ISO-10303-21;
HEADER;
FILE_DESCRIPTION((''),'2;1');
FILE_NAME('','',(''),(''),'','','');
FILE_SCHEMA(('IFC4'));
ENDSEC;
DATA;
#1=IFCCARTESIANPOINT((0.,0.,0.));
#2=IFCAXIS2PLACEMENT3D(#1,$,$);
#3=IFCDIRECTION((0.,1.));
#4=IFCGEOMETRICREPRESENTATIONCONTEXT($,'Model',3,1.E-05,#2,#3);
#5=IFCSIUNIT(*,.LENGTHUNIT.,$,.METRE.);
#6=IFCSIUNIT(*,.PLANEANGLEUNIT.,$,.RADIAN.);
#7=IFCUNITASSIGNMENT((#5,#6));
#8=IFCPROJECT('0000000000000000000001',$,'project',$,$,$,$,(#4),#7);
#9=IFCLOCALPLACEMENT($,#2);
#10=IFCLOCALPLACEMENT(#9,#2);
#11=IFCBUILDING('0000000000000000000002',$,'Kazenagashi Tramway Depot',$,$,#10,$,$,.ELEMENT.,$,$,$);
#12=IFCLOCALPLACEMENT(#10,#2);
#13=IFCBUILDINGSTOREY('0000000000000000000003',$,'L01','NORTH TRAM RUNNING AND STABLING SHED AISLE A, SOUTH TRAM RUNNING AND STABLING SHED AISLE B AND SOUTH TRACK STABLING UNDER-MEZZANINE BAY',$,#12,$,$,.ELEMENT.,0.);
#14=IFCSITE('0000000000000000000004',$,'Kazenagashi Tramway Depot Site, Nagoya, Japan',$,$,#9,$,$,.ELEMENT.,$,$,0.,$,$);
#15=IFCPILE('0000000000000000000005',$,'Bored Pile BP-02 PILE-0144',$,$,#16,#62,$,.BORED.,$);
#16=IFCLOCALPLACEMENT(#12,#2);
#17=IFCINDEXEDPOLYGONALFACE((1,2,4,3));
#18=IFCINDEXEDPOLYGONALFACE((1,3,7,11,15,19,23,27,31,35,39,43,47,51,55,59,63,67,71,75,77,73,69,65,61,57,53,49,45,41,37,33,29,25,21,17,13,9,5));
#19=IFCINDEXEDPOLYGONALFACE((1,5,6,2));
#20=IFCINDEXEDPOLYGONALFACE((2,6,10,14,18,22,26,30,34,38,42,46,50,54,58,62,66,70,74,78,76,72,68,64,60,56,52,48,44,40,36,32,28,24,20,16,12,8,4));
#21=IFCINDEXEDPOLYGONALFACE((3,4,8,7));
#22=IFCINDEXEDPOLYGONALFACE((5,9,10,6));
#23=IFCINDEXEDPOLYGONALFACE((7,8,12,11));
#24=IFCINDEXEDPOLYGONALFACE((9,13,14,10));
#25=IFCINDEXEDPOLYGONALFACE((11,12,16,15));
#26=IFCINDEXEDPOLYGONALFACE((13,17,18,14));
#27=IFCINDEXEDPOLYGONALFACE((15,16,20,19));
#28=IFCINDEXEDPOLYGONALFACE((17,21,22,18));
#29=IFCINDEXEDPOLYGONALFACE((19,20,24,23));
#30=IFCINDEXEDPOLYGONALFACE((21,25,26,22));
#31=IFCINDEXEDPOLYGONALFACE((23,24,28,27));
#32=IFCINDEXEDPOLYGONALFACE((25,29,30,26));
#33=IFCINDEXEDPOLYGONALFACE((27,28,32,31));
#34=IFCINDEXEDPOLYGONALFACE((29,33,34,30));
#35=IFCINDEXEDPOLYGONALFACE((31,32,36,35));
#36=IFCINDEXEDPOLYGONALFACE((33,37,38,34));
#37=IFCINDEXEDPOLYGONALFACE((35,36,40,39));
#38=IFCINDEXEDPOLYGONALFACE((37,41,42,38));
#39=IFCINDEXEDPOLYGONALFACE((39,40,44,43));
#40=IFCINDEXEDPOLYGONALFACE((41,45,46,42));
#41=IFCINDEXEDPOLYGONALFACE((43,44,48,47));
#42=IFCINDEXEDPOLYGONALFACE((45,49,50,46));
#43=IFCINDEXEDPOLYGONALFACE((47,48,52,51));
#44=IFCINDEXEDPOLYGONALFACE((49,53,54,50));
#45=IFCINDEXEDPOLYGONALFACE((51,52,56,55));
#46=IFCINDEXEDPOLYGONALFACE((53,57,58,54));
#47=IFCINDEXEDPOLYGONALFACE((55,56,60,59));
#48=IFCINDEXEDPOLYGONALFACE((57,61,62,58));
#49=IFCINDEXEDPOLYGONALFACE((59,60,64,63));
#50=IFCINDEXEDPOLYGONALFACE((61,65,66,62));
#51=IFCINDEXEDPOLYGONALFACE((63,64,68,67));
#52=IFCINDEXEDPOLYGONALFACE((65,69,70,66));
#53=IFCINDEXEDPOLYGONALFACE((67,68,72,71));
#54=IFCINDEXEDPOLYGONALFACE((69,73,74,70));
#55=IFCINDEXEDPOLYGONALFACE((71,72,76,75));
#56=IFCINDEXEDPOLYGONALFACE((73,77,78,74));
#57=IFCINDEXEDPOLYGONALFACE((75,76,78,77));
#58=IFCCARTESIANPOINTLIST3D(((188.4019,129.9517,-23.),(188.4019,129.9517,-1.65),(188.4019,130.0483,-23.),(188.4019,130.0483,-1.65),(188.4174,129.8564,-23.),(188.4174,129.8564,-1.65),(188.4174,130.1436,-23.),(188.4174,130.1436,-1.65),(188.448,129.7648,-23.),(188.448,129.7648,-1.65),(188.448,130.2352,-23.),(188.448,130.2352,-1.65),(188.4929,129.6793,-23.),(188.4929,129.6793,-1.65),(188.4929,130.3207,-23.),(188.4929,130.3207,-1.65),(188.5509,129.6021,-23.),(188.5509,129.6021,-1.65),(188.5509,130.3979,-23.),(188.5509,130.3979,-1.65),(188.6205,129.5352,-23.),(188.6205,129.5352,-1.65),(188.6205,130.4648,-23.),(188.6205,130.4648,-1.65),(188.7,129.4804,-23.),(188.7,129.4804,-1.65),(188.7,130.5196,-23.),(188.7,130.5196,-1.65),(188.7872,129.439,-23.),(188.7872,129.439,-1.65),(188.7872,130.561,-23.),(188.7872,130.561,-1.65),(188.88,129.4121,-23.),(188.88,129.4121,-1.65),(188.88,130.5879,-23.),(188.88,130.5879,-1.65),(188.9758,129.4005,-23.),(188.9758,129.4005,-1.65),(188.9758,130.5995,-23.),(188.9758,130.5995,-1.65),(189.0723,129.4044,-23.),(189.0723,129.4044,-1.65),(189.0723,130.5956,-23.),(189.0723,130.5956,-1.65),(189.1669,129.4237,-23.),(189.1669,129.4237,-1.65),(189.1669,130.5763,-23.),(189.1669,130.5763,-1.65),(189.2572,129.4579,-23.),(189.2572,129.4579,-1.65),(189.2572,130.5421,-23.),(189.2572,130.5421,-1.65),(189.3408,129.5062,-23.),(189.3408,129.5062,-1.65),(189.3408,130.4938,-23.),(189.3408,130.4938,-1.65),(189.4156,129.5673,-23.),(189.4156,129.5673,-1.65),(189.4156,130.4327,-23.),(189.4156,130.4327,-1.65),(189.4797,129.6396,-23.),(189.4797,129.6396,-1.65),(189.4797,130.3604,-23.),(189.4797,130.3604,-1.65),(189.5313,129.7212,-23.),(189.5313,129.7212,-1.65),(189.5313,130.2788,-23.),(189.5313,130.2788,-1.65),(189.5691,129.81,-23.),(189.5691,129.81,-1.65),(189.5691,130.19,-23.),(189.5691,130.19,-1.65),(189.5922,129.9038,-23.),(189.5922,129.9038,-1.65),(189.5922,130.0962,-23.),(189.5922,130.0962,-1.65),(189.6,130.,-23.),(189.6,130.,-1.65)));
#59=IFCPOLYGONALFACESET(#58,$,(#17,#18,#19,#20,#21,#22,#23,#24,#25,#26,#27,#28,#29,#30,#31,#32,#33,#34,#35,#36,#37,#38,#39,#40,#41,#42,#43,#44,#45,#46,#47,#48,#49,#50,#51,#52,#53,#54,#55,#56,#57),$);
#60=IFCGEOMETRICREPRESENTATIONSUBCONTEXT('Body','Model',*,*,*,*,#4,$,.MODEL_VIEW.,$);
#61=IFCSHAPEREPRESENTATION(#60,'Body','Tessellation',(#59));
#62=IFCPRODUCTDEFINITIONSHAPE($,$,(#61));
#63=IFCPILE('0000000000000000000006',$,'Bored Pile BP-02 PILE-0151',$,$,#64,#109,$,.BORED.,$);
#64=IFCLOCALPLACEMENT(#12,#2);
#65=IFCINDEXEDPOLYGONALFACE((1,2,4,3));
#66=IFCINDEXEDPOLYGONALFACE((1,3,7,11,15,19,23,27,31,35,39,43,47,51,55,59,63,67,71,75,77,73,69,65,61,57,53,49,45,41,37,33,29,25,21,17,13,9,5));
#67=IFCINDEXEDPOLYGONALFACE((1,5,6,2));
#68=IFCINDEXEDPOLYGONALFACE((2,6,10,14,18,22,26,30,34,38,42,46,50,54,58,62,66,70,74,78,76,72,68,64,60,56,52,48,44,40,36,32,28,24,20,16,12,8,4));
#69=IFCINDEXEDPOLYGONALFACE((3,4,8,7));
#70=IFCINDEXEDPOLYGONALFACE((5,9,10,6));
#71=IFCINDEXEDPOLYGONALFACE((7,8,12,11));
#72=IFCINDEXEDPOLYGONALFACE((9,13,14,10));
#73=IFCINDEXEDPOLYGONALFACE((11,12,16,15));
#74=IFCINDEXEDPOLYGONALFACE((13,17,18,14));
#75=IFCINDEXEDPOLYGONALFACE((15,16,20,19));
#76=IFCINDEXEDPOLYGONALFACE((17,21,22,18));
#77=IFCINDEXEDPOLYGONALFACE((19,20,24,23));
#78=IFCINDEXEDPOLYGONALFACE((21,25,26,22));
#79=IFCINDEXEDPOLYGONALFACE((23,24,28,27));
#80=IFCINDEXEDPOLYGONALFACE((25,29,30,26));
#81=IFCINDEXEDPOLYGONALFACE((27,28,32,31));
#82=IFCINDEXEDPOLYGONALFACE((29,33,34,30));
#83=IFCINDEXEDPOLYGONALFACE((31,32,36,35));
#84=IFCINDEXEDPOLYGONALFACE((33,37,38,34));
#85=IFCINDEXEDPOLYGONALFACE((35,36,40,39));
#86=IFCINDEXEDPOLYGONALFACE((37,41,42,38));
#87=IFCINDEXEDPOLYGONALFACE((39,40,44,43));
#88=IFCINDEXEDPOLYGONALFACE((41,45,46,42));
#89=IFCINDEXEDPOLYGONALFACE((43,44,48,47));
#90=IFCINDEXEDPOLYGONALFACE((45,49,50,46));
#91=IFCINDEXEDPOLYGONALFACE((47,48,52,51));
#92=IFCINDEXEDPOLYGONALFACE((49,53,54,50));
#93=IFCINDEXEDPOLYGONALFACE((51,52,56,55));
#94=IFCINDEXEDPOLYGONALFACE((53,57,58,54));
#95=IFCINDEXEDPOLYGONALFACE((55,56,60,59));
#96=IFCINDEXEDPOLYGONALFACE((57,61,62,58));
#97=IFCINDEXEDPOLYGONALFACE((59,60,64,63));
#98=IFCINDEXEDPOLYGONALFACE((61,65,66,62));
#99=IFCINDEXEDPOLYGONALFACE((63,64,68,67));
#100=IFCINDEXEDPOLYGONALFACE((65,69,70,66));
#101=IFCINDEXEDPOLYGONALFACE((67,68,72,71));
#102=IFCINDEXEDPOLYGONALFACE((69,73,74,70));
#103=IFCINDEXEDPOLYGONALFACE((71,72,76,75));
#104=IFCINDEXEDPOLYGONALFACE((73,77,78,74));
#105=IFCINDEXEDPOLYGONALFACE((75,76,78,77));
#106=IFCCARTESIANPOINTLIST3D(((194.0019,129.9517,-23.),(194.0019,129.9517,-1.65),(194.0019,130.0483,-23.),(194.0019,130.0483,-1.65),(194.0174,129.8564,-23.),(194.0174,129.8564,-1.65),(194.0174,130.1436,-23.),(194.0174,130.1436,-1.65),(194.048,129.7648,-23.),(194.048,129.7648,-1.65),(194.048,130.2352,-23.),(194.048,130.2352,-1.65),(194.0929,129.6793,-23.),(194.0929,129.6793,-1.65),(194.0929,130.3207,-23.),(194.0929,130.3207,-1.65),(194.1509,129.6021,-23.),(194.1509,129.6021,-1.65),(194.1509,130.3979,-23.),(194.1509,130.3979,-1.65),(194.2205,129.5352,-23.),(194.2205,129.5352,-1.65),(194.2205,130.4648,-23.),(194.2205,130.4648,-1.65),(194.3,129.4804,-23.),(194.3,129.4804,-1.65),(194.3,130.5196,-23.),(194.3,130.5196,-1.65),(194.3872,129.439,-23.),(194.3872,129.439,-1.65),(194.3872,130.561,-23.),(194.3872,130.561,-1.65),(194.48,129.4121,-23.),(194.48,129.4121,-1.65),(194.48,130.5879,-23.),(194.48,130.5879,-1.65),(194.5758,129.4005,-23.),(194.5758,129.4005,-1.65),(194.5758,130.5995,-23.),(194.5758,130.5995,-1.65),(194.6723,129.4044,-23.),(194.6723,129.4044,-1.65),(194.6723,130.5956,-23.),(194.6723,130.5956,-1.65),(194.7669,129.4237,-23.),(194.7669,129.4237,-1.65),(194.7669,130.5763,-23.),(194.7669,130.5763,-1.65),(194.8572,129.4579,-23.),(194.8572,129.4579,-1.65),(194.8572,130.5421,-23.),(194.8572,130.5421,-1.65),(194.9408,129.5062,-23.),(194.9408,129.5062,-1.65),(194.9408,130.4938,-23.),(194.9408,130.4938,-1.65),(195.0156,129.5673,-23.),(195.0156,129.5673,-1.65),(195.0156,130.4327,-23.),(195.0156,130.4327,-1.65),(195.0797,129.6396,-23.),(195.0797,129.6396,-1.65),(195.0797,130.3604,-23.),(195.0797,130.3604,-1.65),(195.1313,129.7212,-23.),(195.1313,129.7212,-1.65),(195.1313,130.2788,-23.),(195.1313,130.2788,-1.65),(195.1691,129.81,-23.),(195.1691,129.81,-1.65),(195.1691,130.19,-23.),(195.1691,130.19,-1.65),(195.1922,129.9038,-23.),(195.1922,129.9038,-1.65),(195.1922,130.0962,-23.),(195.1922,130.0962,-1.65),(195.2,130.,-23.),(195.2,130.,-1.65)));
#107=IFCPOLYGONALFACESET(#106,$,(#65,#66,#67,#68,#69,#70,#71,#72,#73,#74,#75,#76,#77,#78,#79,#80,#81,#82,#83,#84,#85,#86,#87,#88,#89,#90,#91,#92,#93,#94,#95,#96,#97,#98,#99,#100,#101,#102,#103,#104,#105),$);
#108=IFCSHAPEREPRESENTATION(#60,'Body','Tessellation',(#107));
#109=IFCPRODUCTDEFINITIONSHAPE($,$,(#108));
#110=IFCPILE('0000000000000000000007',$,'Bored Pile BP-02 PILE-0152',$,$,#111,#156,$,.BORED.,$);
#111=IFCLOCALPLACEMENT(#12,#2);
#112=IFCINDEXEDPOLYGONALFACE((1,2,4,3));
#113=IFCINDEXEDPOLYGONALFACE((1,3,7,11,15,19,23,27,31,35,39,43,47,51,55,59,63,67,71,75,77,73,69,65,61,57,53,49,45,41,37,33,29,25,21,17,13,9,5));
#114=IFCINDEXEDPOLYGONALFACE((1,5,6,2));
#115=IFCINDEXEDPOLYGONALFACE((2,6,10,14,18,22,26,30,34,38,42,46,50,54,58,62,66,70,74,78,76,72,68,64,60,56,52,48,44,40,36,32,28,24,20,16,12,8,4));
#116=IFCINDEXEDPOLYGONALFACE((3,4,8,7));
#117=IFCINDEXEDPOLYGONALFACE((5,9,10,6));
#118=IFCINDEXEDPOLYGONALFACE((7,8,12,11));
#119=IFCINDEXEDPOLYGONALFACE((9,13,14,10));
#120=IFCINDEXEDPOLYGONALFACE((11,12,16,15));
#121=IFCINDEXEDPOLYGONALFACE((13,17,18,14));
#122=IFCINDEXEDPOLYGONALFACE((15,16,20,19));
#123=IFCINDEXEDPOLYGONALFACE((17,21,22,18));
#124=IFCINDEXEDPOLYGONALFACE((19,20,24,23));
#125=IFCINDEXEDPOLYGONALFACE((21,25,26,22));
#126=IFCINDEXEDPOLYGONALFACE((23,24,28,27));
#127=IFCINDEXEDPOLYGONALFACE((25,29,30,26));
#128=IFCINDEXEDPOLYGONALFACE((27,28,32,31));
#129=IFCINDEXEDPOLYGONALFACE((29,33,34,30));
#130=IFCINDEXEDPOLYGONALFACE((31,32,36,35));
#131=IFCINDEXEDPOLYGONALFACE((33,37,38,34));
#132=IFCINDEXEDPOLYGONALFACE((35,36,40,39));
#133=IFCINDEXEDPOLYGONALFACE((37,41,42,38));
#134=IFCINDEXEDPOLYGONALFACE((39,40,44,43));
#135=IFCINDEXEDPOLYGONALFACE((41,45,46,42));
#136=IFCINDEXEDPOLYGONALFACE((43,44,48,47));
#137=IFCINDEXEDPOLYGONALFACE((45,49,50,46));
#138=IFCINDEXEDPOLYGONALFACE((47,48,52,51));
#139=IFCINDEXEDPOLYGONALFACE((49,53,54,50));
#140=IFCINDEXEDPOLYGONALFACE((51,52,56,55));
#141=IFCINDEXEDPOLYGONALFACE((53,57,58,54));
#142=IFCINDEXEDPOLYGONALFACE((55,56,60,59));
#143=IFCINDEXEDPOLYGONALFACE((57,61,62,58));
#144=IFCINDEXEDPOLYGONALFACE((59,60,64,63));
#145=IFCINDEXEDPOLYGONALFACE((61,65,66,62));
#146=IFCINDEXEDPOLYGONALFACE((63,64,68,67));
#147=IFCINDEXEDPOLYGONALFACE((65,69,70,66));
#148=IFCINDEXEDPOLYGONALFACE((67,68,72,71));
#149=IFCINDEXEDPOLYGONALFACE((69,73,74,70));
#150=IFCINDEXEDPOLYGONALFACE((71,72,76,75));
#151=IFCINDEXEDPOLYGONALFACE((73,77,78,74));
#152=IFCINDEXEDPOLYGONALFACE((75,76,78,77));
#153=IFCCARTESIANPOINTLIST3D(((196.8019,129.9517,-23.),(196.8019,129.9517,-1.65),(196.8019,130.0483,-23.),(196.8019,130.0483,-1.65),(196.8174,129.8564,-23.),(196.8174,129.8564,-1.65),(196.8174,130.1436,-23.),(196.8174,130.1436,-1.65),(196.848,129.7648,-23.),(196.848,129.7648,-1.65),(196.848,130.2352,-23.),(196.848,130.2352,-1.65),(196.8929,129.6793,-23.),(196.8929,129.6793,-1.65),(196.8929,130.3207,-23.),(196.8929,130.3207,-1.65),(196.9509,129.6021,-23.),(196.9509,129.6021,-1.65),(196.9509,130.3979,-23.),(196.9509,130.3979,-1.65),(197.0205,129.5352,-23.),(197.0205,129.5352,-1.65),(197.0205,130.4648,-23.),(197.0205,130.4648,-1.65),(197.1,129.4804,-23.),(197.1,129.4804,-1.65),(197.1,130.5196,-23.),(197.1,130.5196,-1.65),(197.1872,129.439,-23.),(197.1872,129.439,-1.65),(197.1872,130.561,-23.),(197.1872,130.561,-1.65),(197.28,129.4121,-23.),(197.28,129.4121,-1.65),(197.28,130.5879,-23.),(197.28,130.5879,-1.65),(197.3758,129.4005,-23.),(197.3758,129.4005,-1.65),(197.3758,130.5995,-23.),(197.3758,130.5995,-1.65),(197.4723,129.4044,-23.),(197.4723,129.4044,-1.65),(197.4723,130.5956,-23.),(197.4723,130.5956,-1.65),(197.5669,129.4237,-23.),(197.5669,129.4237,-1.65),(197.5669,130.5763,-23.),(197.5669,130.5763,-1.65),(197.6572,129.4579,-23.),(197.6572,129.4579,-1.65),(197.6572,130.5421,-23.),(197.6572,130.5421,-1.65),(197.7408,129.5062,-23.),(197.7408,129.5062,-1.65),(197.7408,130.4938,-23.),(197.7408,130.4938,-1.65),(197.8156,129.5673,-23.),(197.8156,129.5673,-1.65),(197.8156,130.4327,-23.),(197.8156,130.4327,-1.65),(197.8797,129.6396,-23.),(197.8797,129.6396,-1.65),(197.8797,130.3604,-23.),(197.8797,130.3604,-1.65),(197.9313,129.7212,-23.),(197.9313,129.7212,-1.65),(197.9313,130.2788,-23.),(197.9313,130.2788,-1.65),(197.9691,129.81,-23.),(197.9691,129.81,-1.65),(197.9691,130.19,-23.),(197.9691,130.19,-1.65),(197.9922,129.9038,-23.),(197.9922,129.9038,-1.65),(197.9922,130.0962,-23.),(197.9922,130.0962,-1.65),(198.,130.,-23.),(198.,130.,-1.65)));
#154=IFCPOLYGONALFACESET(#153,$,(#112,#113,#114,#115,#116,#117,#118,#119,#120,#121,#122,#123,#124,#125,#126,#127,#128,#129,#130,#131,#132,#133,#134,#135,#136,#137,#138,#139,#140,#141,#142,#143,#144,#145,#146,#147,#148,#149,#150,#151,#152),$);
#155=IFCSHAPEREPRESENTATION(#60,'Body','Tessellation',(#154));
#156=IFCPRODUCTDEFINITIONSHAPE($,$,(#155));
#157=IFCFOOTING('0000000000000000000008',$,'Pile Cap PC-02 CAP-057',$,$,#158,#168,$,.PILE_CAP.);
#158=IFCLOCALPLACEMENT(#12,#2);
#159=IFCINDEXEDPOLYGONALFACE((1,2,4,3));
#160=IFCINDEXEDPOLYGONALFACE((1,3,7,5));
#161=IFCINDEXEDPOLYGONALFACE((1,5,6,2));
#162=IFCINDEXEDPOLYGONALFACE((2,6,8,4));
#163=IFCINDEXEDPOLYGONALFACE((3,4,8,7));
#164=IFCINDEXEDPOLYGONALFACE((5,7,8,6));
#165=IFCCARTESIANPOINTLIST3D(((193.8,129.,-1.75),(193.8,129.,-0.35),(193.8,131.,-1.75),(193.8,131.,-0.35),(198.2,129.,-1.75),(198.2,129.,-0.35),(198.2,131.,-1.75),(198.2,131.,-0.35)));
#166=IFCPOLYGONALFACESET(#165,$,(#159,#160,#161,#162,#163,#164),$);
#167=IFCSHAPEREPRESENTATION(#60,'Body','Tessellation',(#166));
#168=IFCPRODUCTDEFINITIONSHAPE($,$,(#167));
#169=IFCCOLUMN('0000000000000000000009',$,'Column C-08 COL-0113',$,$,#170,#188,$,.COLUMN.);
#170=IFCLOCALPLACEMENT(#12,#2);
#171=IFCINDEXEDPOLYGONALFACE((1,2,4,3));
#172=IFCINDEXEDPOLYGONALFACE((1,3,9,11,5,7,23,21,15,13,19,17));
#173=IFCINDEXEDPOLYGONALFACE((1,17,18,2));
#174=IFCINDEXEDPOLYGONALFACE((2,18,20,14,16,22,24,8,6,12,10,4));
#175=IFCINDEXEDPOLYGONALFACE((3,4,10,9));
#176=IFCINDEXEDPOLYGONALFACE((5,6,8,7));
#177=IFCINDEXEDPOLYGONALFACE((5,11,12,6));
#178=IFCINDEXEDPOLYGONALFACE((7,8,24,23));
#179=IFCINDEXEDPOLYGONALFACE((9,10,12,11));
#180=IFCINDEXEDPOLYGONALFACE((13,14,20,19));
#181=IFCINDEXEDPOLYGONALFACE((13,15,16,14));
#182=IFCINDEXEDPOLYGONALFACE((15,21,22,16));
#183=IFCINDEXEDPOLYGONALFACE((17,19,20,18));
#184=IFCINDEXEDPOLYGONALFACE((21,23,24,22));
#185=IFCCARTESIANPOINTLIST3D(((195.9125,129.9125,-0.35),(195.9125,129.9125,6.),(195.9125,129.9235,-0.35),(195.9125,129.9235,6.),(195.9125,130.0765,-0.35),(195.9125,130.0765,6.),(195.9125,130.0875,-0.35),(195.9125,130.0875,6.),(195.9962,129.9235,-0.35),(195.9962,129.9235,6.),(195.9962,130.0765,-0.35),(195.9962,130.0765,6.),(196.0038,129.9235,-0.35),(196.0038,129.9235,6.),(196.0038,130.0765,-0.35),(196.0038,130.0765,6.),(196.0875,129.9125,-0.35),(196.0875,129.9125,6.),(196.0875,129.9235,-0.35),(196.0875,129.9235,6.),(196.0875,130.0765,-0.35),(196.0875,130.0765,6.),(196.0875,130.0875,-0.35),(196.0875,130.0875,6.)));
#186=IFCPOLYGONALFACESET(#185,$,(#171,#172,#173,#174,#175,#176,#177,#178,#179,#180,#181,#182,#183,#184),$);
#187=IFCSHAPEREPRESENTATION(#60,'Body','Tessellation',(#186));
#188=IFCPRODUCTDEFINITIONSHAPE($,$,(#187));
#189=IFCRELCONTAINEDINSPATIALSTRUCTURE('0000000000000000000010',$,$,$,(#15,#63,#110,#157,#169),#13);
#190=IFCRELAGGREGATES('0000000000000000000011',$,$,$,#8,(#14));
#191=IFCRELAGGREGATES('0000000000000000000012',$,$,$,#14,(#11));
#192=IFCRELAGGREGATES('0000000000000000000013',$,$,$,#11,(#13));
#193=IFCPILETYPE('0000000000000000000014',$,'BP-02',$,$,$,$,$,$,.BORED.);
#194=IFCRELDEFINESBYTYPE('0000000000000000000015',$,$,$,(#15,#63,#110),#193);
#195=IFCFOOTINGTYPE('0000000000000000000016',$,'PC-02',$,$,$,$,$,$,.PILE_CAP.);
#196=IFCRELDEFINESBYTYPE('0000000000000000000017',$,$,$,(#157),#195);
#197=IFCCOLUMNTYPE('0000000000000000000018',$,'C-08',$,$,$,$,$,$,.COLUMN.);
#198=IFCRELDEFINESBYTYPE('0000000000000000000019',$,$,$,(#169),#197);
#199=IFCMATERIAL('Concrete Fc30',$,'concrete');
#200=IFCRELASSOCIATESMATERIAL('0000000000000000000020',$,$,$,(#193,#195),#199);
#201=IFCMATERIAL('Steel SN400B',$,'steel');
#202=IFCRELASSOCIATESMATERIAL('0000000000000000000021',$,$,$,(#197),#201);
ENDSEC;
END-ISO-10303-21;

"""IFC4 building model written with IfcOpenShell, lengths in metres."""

from ifc_helpers import new_model, si_unit, direction, frame, origin, origin_2d, place, context, subcontext, project, spatial, rectangle, circle, i_section, extrude, material, material_profile, profile_set, type_object, element, save


model = new_model("IFC4")

# Units and contexts
model_context = context("Model", 3, precision=1e-05, world=origin(), true_north=direction((0.0, 1.0)))
body_context = subcontext(model_context, "Body", "Model", "MODEL_VIEW")
ifc_project = project(units=[si_unit("LENGTHUNIT", "METRE"), si_unit("PLANEANGLEUNIT", "RADIAN")], contexts=[model_context])

# Site, building, storey
site_placement = place(None, origin())
site = spatial("IfcSite", under=ifc_project, at=site_placement, Name="Kazenagashi Tramway Depot Site, Nagoya, Japan", CompositionType="ELEMENT", RefElevation=0.0)
building_placement = place(site_placement, origin())
building = spatial("IfcBuilding", under=site, at=building_placement, Name="Kazenagashi Tramway Depot", CompositionType="ELEMENT")
storey_placement = place(building_placement, origin())
storey = spatial("IfcBuildingStorey", under=building, at=storey_placement, Name="L01", Description="NORTH TRAM RUNNING AND STABLING SHED AISLE A, SOUTH TRAM RUNNING AND STABLING SHED AISLE B AND SOUTH TRACK STABLING UNDER-MEZZANINE BAY", CompositionType="ELEMENT", Elevation=0.0)

# Piles
ifc_material_1 = material(Name="Concrete Fc30", Category="concrete")
ifc_material_profile_1 = material_profile(ifc_material_1, circle(Radius=0.6, at=origin_2d()), Name="PILE-1200")
ifc_profile_set_1 = profile_set([ifc_material_profile_1], Name="Concrete Fc30")
pile_type = type_object("IfcPileType", Name="BP-02", PredefinedType="BORED", material=ifc_profile_set_1)
for number, where, z_axis, x_axis, name in (
    (1, (189.0, 130.0, -1.65), (0.0, 0.0, -1.0), (1.0, 0.0, 0.0), "Bored Pile BP-02 PILE-0144"),
    (2, (194.6, 130.0, -1.65), (0.0, 0.0, -1.0), (1.0, 0.0, 0.0), "Bored Pile BP-02 PILE-0151"),
    (3, (197.4, 130.0, -1.65), (0.0, 0.0, -1.0), (1.0, 0.0, 0.0), "Bored Pile BP-02 PILE-0152"),
):
    element("IfcPile", number, at=place(storey_placement, frame(where, z_axis=z_axis, x_axis=x_axis)), inside=storey, type_object=pile_type, Name=name, PredefinedType="BORED", context=body_context, shape_type="SweptSolid", body=[
        extrude(circle(Radius=0.6, at=origin_2d()), origin(), (0.0, 0.0, 1.0), 21.35),
    ])

# Footing
footing_type = type_object("IfcFootingType", Name="PC-02", PredefinedType="PILE_CAP", material=ifc_material_1)
footing_placement = place(storey_placement, frame((196.0, 130.0, -1.75), z_axis=(0.0, 0.0, 1.0), x_axis=(1.0, 0.0, 0.0)))
element("IfcFooting", 4, at=footing_placement, inside=storey, type_object=footing_type, Name="Pile Cap PC-02 CAP-057", PredefinedType="PILE_CAP", context=body_context, shape_type="SweptSolid", body=[
    extrude(rectangle(XDim=4.4, YDim=2.0, at=origin_2d()), origin(), (0.0, 0.0, 1.0), 1.4),
])

# Column
ifc_material_2 = material(Name="Steel SN400B", Category="steel")
ifc_material_profile_2 = material_profile(ifc_material_2, i_section(OverallWidth=0.175, OverallDepth=0.175, WebThickness=0.0075, FlangeThickness=0.011, at=origin_2d()), Name="H-175x175x7.5x11")
ifc_profile_set_2 = profile_set([ifc_material_profile_2], Name="Steel SN400B")
column_type = type_object("IfcColumnType", Name="C-08", PredefinedType="COLUMN", material=ifc_profile_set_2)
column_placement = place(storey_placement, frame((196.0, 130.0, -0.35), z_axis=(0.0, 0.0, 1.0), x_axis=(1.0, 0.0, 0.0)))
element("IfcColumn", 5, at=column_placement, inside=storey, type_object=column_type, Name="Column C-08 COL-0113", PredefinedType="COLUMN", context=body_context, shape_type="SweptSolid", body=[
    extrude(i_section(OverallWidth=0.175, OverallDepth=0.175, WebThickness=0.0075, FlangeThickness=0.011, at=origin_2d()), origin(), (0.0, 0.0, 1.0), 6.35),
])

save(model, "model.ifc")
